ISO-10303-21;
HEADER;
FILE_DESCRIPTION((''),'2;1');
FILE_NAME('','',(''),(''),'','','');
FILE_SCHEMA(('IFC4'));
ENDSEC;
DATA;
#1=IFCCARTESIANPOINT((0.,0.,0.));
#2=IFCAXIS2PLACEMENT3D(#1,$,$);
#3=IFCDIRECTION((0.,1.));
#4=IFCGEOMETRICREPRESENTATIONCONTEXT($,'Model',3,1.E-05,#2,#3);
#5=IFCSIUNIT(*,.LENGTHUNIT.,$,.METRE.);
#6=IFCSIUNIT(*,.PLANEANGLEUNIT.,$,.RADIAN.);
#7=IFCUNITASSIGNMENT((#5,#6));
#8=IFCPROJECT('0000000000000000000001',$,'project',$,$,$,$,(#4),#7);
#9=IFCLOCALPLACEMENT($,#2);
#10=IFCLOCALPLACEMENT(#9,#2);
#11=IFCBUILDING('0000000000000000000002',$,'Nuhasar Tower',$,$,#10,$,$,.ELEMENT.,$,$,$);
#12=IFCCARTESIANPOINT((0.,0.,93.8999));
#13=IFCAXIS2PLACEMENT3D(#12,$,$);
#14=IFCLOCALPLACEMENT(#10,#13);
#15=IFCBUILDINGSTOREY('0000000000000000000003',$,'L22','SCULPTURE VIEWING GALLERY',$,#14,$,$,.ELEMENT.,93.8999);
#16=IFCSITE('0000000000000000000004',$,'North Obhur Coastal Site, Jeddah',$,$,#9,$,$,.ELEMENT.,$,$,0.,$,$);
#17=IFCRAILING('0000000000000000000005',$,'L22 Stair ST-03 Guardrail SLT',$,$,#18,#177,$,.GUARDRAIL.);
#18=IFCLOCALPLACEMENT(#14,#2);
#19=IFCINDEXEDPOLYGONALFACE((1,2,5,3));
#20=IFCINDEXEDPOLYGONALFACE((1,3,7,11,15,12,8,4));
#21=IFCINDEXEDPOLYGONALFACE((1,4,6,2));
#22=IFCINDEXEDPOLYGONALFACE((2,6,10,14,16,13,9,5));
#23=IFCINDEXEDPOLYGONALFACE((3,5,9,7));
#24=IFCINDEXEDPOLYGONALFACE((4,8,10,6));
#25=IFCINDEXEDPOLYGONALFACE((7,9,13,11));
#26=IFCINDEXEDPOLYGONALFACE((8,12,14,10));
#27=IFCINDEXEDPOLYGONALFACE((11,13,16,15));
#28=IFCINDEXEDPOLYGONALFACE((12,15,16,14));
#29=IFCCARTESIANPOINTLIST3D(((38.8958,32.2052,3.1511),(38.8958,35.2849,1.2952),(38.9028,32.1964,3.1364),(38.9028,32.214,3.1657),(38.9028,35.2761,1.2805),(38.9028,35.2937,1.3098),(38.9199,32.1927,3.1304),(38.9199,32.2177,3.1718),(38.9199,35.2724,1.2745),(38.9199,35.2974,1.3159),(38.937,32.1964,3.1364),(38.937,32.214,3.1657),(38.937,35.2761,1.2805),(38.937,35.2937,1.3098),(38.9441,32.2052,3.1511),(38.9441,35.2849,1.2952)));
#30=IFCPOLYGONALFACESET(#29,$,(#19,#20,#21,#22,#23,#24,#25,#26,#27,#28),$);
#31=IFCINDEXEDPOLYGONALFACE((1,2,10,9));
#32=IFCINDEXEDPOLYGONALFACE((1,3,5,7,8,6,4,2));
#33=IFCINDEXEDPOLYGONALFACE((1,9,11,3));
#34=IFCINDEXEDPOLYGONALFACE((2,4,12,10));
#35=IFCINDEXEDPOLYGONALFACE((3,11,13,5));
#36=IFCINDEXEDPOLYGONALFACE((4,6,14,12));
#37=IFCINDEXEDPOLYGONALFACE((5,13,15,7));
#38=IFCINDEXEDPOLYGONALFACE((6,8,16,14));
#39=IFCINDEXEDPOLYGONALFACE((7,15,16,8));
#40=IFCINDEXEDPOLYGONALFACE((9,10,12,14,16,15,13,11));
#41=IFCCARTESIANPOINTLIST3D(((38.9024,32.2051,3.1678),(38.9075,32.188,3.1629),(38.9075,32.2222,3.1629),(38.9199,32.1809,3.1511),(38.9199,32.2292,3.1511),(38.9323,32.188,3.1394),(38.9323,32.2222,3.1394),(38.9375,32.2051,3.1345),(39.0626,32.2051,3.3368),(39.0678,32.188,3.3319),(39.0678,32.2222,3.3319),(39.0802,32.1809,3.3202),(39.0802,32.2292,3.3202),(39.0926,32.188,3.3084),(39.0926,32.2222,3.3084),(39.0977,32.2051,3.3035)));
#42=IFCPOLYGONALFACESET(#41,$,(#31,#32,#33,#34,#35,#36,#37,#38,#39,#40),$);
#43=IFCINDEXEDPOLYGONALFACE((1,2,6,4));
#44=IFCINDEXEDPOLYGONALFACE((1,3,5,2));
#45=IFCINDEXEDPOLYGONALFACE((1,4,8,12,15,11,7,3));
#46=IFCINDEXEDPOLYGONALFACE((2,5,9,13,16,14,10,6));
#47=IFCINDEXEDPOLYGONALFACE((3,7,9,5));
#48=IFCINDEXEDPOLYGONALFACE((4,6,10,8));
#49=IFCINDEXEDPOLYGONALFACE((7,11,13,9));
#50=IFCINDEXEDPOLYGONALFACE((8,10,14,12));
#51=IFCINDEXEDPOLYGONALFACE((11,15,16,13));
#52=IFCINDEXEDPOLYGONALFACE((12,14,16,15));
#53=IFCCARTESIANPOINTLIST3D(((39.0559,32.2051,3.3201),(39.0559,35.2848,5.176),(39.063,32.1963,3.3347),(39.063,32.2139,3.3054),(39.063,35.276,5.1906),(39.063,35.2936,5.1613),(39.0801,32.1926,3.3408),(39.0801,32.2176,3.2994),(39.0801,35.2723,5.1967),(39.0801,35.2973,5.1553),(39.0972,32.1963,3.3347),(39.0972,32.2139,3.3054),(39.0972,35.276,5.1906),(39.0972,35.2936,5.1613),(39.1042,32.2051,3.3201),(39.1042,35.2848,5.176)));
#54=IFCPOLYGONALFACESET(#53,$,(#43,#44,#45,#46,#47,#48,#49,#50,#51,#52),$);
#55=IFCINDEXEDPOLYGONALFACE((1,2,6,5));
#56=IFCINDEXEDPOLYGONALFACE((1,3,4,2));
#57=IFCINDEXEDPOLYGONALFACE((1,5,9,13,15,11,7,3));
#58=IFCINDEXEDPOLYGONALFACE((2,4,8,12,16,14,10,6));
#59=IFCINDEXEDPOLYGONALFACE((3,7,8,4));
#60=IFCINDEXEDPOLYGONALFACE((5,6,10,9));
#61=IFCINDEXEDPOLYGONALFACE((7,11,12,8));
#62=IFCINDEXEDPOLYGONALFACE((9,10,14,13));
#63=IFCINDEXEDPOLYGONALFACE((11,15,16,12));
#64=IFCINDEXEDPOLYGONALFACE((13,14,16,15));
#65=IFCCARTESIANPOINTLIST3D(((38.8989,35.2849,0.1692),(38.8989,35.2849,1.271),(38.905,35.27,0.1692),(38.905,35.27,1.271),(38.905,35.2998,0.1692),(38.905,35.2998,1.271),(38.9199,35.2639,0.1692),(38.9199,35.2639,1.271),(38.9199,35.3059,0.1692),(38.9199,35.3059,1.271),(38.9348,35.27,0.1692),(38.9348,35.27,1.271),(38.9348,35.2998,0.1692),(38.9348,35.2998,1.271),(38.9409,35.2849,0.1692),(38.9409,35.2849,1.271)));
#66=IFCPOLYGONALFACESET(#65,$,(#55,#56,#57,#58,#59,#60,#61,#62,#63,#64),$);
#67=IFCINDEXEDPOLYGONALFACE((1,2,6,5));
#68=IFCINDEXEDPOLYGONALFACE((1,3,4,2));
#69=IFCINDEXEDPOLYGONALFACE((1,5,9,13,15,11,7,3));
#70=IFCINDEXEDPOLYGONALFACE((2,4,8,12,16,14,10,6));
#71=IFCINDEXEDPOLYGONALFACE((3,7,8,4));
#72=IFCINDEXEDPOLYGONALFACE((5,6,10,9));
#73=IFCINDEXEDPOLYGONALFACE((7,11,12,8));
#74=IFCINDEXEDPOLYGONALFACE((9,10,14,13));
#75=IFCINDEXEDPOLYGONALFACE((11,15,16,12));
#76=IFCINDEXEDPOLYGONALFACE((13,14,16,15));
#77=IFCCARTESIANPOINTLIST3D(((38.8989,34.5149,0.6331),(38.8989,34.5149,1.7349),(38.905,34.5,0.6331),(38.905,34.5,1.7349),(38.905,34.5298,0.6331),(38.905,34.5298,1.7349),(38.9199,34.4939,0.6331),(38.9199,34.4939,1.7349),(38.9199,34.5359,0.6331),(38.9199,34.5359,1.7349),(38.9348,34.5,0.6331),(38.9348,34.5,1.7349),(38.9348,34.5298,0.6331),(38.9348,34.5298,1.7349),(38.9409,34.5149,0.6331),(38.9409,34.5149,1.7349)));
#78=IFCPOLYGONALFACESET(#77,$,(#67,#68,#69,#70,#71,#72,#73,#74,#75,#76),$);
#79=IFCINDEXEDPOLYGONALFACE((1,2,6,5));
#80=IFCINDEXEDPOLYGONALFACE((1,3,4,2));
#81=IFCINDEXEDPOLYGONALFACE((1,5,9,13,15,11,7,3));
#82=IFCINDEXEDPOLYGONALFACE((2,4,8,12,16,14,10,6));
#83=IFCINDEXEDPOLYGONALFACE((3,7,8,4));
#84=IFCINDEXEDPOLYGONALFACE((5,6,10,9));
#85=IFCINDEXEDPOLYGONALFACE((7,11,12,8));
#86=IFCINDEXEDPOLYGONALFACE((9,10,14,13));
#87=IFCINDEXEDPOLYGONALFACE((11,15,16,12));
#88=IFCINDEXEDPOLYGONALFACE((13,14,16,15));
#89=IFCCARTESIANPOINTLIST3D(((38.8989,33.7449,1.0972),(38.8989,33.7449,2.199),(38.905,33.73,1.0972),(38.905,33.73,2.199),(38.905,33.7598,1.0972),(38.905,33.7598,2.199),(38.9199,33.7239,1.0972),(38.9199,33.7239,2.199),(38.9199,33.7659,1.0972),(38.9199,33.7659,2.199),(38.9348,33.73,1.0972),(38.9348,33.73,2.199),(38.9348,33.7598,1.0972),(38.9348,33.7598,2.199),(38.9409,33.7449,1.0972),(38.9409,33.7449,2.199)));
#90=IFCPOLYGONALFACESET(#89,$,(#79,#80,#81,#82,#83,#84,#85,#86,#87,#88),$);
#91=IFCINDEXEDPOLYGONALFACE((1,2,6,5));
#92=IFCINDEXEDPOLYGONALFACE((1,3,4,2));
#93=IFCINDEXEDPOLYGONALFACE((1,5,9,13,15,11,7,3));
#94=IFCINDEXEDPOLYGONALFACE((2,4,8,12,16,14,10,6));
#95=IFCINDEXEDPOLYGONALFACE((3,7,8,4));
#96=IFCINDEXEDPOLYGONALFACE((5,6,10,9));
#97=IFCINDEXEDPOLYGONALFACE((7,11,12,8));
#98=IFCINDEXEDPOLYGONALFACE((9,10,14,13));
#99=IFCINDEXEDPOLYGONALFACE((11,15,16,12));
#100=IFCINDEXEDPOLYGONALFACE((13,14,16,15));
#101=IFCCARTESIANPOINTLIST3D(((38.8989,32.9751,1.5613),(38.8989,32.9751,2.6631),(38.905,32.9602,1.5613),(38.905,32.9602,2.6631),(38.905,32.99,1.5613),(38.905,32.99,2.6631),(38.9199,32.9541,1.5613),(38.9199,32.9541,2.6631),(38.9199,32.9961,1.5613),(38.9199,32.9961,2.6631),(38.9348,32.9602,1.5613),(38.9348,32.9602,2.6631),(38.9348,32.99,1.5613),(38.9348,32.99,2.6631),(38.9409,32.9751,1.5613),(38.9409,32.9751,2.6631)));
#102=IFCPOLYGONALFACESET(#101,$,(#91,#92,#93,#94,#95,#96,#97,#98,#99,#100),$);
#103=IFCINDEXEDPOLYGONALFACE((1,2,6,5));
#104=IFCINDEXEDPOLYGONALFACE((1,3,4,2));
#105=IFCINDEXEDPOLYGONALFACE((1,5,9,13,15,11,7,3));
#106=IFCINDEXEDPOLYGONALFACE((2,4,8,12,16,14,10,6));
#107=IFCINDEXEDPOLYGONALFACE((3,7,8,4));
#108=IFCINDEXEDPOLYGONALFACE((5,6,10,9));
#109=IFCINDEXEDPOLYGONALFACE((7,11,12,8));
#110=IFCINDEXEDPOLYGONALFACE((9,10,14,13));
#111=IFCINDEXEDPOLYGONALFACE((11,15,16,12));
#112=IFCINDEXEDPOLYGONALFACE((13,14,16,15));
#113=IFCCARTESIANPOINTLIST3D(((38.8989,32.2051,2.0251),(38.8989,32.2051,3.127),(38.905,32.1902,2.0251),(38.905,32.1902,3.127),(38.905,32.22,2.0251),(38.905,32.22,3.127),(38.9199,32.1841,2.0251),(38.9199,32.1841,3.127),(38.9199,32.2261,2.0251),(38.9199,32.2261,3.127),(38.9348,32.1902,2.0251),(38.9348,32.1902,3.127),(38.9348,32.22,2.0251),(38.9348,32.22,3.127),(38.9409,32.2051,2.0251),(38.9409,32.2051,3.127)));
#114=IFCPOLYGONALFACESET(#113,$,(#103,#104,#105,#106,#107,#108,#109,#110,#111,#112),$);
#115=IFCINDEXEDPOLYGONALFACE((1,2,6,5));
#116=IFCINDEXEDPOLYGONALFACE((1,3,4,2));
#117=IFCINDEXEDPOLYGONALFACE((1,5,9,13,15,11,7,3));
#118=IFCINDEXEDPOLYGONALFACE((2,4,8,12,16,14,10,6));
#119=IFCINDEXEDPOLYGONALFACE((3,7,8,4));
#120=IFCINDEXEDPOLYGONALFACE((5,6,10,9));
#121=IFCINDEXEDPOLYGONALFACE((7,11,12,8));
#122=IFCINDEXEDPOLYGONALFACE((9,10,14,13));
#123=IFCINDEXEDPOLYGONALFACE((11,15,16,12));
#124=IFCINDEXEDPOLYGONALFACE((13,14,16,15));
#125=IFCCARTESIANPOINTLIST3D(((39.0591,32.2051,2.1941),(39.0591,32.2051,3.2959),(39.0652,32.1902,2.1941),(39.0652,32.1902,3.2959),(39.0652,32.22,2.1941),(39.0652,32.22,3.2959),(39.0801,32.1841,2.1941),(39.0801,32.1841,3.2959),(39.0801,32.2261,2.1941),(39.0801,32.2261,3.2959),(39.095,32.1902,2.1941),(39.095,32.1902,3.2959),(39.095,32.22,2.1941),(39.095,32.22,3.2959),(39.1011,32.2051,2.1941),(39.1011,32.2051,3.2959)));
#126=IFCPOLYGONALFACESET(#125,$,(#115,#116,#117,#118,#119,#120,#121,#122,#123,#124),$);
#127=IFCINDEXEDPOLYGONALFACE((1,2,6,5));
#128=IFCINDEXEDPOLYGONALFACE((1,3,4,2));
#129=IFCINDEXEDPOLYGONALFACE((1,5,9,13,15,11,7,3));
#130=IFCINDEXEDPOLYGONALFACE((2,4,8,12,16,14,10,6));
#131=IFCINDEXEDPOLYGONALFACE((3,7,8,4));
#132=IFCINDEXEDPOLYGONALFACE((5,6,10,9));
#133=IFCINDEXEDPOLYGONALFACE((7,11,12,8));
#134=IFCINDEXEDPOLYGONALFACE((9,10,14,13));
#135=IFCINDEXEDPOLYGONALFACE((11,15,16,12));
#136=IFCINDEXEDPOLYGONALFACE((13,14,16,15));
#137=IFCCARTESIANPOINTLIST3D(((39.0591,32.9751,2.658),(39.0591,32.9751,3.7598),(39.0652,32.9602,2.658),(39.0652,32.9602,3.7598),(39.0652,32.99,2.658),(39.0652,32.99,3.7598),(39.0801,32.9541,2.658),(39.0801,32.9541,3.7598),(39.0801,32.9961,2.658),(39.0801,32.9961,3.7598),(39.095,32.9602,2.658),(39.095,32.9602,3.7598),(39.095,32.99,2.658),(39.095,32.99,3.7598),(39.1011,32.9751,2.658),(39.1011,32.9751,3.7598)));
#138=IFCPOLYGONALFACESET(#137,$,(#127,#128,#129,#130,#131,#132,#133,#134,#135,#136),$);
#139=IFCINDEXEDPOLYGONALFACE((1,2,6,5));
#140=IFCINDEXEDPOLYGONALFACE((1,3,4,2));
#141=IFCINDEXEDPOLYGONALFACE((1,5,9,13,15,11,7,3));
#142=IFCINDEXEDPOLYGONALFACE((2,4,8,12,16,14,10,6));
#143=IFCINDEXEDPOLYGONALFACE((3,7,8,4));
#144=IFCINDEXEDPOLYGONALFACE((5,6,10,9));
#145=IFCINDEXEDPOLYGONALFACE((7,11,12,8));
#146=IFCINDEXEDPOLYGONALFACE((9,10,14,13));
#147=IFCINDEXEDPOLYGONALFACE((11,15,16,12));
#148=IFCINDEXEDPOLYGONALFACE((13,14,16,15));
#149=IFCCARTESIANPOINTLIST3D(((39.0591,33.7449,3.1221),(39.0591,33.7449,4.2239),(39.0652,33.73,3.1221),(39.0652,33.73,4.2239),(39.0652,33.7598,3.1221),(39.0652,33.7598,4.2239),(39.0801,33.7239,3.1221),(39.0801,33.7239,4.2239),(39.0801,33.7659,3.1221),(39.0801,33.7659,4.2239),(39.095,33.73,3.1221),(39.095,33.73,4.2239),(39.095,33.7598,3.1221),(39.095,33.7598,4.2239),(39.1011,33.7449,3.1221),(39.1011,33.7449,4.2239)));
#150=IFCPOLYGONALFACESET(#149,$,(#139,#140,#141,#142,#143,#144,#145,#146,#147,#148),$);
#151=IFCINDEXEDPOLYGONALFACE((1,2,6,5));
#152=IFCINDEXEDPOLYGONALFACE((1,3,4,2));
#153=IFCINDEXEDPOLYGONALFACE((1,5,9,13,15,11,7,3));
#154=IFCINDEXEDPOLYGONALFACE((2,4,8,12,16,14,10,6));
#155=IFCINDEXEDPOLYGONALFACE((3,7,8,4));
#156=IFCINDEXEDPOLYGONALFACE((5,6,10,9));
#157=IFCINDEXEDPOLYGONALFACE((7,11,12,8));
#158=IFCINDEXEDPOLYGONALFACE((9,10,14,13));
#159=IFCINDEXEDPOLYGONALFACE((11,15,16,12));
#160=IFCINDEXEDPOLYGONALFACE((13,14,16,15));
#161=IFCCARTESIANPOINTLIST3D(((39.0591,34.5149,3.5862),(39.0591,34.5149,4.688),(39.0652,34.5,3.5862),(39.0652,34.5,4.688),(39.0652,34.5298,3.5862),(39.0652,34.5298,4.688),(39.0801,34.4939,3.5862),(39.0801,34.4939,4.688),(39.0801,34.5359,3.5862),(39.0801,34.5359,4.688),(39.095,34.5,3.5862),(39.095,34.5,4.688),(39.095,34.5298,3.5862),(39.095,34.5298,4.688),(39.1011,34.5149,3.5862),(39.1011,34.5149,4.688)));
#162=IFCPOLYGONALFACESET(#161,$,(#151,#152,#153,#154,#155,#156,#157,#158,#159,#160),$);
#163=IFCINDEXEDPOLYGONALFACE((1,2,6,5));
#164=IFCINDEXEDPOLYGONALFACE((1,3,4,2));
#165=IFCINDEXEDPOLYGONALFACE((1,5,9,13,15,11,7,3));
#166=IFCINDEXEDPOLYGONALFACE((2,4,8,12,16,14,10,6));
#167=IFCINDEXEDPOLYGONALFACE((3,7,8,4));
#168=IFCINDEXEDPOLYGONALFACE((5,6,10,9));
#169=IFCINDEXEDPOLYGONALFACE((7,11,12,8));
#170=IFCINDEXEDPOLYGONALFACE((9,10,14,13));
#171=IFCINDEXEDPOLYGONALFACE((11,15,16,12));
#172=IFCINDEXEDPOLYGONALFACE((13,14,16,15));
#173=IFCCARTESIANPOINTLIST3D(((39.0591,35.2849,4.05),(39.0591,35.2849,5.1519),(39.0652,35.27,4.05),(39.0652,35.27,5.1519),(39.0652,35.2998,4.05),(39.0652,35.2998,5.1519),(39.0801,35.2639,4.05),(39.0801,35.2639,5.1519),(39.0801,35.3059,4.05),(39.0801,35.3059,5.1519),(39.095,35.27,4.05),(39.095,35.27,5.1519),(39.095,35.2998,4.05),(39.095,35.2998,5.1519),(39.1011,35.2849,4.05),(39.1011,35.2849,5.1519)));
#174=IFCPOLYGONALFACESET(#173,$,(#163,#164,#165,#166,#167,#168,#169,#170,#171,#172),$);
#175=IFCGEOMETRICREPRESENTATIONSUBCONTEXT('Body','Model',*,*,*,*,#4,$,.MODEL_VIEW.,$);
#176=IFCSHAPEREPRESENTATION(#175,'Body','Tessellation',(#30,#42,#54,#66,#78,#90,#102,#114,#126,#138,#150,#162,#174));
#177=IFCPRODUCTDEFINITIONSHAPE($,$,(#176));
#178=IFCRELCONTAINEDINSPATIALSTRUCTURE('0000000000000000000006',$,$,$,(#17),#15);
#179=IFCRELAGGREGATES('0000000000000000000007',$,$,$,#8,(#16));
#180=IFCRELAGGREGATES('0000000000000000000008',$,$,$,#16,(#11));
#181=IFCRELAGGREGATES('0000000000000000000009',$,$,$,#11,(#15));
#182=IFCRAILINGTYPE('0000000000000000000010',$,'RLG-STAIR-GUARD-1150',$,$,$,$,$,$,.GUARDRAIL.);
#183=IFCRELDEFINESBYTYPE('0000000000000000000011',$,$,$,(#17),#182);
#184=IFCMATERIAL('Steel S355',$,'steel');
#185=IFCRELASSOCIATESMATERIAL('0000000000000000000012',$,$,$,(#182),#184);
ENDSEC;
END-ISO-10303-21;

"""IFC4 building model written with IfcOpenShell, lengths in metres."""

from ifc_helpers import new_model, si_unit, direction, frame, origin, place, context, subcontext, project, spatial, polyline, outline, extrude, material, type_object, element, save


model = new_model("IFC4")

# Units and contexts
model_context = context("Model", 3, precision=1e-05, world=origin(), true_north=direction((0.0, 1.0)))
body_context = subcontext(model_context, "Body", "Model", "MODEL_VIEW")
ifc_project = project(units=[si_unit("LENGTHUNIT", "METRE"), si_unit("PLANEANGLEUNIT", "RADIAN")], contexts=[model_context])

# Site, building, storey
site_placement = place(None, origin())
site = spatial("IfcSite", under=ifc_project, at=site_placement, Name="North Obhur Coastal Site, Jeddah", CompositionType="ELEMENT", RefElevation=0.0)
building_placement = place(site_placement, origin())
building = spatial("IfcBuilding", under=site, at=building_placement, Name="Nuhasar Tower", CompositionType="ELEMENT")
storey_placement = place(building_placement, frame((0.0, 0.0, 93.8999)))
storey = spatial("IfcBuildingStorey", under=building, at=storey_placement, Name="L22", Description="SCULPTURE VIEWING GALLERY", CompositionType="ELEMENT", Elevation=93.8999)

# Shared definitions
ifc_material_1 = material(Name="Steel S355", Category="steel")

# Railing
railing_type_1 = type_object("IfcRailingType", Name="RLG-STAIR-GUARD-1150", PredefinedType="GUARDRAIL", material=ifc_material_1)
railing_1_placement = place(storey_placement, frame((38.9199, 35.2849, 0.1692)))
element("IfcRailing", 1, at=railing_1_placement, inside=storey, type_object=railing_type_1, Name="L22 Stair ST-03 Guardrail SLT", PredefinedType="GUARDRAIL", context=body_context, shape_type="SweptSolid", body=[
    extrude(outline(polyline([(0.0242, 0.0), (0.0171, 0.0171), (0.0, 0.0242), (-0.0171, 0.0171), (-0.0242, 0.0), (-0.0171, -0.0171), (0.0, -0.0242), (0.0171, -0.0171), (0.0242, 0.0)])), frame((0.0, 0.0, 1.126), z_axis=(0.0, -0.856503, 0.516142), x_axis=(1.0, 0.0, 0.0)), (0.0, 0.0, 1.0), 3.5957),
    extrude(outline(polyline([(0.0242, 0.0), (0.0171, 0.0171), (0.0, 0.0242), (-0.0171, 0.0171), (-0.0242, 0.0), (-0.0171, -0.0171), (0.0, -0.0242), (0.0171, -0.0171), (0.0242, 0.0)])), frame((0.0, -3.0798, 2.9819), z_axis=(0.687977, 0.0, 0.725732), x_axis=(0.0, 1.0, 0.0)), (0.0, 0.0, 1.0), 0.2329),
    extrude(outline(polyline([(0.0242, 0.0), (0.0171, 0.0171), (0.0, 0.0242), (-0.0171, 0.0171), (-0.0242, 0.0), (-0.0171, -0.0171), (0.0, -0.0242), (0.0171, -0.0171), (0.0242, 0.0)])), frame((0.1602, -3.0798, 3.1509), z_axis=(0.0, 0.856503, 0.516142), x_axis=(-1.0, 0.0, 0.0)), (0.0, 0.0, 1.0), 3.5957),
    extrude(outline(polyline([(0.021, 0.0), (0.0149, 0.0149), (0.0, 0.021), (-0.0149, 0.0149), (-0.021, 0.0), (-0.0149, -0.0149), (0.0, -0.021), (0.0149, -0.0149), (0.021, 0.0)])), origin(), (0.0, 0.0, 1.0), 1.1018),
    extrude(outline(polyline([(0.021, 0.0), (0.0149, 0.0149), (0.0, 0.021), (-0.0149, 0.0149), (-0.021, 0.0), (-0.0149, -0.0149), (0.0, -0.021), (0.0149, -0.0149), (0.021, 0.0)])), frame((0.0, -0.77, 0.4639)), (0.0, 0.0, 1.0), 1.1018),
    extrude(outline(polyline([(0.021, 0.0), (0.0149, 0.0149), (0.0, 0.021), (-0.0149, 0.0149), (-0.021, 0.0), (-0.0149, -0.0149), (0.0, -0.021), (0.0149, -0.0149), (0.021, 0.0)])), frame((0.0, -1.54, 0.928)), (0.0, 0.0, 1.0), 1.1018),
    extrude(outline(polyline([(0.021, 0.0), (0.0149, 0.0149), (0.0, 0.021), (-0.0149, 0.0149), (-0.021, 0.0), (-0.0149, -0.0149), (0.0, -0.021), (0.0149, -0.0149), (0.021, 0.0)])), frame((0.0, -2.3098, 1.3921)), (0.0, 0.0, 1.0), 1.1018),
    extrude(outline(polyline([(0.021, 0.0), (0.0149, 0.0149), (0.0, 0.021), (-0.0149, 0.0149), (-0.021, 0.0), (-0.0149, -0.0149), (0.0, -0.021), (0.0149, -0.0149), (0.021, 0.0)])), frame((0.0, -3.0798, 1.856)), (0.0, 0.0, 1.0), 1.1018),
    extrude(outline(polyline([(0.021, 0.0), (0.0149, 0.0149), (0.0, 0.021), (-0.0149, 0.0149), (-0.021, 0.0), (-0.0149, -0.0149), (0.0, -0.021), (0.0149, -0.0149), (0.021, 0.0)])), frame((0.1602, -3.0798, 2.0249)), (0.0, 0.0, 1.0), 1.1018),
    extrude(outline(polyline([(0.021, 0.0), (0.0149, 0.0149), (0.0, 0.021), (-0.0149, 0.0149), (-0.021, 0.0), (-0.0149, -0.0149), (0.0, -0.021), (0.0149, -0.0149), (0.021, 0.0)])), frame((0.1602, -2.3098, 2.4888)), (0.0, 0.0, 1.0), 1.1018),
    extrude(outline(polyline([(0.021, 0.0), (0.0149, 0.0149), (0.0, 0.021), (-0.0149, 0.0149), (-0.021, 0.0), (-0.0149, -0.0149), (0.0, -0.021), (0.0149, -0.0149), (0.021, 0.0)])), frame((0.1602, -1.54, 2.9529)), (0.0, 0.0, 1.0), 1.1018),
    extrude(outline(polyline([(0.021, 0.0), (0.0149, 0.0149), (0.0, 0.021), (-0.0149, 0.0149), (-0.021, 0.0), (-0.0149, -0.0149), (0.0, -0.021), (0.0149, -0.0149), (0.021, 0.0)])), frame((0.1602, -0.77, 3.417)), (0.0, 0.0, 1.0), 1.1018),
    extrude(outline(polyline([(0.021, 0.0), (0.0149, 0.0149), (0.0, 0.021), (-0.0149, 0.0149), (-0.021, 0.0), (-0.0149, -0.0149), (0.0, -0.021), (0.0149, -0.0149), (0.021, 0.0)])), frame((0.1602, 0.0, 3.8809)), (0.0, 0.0, 1.0), 1.1018),
])

save(model, "model.ifc")
